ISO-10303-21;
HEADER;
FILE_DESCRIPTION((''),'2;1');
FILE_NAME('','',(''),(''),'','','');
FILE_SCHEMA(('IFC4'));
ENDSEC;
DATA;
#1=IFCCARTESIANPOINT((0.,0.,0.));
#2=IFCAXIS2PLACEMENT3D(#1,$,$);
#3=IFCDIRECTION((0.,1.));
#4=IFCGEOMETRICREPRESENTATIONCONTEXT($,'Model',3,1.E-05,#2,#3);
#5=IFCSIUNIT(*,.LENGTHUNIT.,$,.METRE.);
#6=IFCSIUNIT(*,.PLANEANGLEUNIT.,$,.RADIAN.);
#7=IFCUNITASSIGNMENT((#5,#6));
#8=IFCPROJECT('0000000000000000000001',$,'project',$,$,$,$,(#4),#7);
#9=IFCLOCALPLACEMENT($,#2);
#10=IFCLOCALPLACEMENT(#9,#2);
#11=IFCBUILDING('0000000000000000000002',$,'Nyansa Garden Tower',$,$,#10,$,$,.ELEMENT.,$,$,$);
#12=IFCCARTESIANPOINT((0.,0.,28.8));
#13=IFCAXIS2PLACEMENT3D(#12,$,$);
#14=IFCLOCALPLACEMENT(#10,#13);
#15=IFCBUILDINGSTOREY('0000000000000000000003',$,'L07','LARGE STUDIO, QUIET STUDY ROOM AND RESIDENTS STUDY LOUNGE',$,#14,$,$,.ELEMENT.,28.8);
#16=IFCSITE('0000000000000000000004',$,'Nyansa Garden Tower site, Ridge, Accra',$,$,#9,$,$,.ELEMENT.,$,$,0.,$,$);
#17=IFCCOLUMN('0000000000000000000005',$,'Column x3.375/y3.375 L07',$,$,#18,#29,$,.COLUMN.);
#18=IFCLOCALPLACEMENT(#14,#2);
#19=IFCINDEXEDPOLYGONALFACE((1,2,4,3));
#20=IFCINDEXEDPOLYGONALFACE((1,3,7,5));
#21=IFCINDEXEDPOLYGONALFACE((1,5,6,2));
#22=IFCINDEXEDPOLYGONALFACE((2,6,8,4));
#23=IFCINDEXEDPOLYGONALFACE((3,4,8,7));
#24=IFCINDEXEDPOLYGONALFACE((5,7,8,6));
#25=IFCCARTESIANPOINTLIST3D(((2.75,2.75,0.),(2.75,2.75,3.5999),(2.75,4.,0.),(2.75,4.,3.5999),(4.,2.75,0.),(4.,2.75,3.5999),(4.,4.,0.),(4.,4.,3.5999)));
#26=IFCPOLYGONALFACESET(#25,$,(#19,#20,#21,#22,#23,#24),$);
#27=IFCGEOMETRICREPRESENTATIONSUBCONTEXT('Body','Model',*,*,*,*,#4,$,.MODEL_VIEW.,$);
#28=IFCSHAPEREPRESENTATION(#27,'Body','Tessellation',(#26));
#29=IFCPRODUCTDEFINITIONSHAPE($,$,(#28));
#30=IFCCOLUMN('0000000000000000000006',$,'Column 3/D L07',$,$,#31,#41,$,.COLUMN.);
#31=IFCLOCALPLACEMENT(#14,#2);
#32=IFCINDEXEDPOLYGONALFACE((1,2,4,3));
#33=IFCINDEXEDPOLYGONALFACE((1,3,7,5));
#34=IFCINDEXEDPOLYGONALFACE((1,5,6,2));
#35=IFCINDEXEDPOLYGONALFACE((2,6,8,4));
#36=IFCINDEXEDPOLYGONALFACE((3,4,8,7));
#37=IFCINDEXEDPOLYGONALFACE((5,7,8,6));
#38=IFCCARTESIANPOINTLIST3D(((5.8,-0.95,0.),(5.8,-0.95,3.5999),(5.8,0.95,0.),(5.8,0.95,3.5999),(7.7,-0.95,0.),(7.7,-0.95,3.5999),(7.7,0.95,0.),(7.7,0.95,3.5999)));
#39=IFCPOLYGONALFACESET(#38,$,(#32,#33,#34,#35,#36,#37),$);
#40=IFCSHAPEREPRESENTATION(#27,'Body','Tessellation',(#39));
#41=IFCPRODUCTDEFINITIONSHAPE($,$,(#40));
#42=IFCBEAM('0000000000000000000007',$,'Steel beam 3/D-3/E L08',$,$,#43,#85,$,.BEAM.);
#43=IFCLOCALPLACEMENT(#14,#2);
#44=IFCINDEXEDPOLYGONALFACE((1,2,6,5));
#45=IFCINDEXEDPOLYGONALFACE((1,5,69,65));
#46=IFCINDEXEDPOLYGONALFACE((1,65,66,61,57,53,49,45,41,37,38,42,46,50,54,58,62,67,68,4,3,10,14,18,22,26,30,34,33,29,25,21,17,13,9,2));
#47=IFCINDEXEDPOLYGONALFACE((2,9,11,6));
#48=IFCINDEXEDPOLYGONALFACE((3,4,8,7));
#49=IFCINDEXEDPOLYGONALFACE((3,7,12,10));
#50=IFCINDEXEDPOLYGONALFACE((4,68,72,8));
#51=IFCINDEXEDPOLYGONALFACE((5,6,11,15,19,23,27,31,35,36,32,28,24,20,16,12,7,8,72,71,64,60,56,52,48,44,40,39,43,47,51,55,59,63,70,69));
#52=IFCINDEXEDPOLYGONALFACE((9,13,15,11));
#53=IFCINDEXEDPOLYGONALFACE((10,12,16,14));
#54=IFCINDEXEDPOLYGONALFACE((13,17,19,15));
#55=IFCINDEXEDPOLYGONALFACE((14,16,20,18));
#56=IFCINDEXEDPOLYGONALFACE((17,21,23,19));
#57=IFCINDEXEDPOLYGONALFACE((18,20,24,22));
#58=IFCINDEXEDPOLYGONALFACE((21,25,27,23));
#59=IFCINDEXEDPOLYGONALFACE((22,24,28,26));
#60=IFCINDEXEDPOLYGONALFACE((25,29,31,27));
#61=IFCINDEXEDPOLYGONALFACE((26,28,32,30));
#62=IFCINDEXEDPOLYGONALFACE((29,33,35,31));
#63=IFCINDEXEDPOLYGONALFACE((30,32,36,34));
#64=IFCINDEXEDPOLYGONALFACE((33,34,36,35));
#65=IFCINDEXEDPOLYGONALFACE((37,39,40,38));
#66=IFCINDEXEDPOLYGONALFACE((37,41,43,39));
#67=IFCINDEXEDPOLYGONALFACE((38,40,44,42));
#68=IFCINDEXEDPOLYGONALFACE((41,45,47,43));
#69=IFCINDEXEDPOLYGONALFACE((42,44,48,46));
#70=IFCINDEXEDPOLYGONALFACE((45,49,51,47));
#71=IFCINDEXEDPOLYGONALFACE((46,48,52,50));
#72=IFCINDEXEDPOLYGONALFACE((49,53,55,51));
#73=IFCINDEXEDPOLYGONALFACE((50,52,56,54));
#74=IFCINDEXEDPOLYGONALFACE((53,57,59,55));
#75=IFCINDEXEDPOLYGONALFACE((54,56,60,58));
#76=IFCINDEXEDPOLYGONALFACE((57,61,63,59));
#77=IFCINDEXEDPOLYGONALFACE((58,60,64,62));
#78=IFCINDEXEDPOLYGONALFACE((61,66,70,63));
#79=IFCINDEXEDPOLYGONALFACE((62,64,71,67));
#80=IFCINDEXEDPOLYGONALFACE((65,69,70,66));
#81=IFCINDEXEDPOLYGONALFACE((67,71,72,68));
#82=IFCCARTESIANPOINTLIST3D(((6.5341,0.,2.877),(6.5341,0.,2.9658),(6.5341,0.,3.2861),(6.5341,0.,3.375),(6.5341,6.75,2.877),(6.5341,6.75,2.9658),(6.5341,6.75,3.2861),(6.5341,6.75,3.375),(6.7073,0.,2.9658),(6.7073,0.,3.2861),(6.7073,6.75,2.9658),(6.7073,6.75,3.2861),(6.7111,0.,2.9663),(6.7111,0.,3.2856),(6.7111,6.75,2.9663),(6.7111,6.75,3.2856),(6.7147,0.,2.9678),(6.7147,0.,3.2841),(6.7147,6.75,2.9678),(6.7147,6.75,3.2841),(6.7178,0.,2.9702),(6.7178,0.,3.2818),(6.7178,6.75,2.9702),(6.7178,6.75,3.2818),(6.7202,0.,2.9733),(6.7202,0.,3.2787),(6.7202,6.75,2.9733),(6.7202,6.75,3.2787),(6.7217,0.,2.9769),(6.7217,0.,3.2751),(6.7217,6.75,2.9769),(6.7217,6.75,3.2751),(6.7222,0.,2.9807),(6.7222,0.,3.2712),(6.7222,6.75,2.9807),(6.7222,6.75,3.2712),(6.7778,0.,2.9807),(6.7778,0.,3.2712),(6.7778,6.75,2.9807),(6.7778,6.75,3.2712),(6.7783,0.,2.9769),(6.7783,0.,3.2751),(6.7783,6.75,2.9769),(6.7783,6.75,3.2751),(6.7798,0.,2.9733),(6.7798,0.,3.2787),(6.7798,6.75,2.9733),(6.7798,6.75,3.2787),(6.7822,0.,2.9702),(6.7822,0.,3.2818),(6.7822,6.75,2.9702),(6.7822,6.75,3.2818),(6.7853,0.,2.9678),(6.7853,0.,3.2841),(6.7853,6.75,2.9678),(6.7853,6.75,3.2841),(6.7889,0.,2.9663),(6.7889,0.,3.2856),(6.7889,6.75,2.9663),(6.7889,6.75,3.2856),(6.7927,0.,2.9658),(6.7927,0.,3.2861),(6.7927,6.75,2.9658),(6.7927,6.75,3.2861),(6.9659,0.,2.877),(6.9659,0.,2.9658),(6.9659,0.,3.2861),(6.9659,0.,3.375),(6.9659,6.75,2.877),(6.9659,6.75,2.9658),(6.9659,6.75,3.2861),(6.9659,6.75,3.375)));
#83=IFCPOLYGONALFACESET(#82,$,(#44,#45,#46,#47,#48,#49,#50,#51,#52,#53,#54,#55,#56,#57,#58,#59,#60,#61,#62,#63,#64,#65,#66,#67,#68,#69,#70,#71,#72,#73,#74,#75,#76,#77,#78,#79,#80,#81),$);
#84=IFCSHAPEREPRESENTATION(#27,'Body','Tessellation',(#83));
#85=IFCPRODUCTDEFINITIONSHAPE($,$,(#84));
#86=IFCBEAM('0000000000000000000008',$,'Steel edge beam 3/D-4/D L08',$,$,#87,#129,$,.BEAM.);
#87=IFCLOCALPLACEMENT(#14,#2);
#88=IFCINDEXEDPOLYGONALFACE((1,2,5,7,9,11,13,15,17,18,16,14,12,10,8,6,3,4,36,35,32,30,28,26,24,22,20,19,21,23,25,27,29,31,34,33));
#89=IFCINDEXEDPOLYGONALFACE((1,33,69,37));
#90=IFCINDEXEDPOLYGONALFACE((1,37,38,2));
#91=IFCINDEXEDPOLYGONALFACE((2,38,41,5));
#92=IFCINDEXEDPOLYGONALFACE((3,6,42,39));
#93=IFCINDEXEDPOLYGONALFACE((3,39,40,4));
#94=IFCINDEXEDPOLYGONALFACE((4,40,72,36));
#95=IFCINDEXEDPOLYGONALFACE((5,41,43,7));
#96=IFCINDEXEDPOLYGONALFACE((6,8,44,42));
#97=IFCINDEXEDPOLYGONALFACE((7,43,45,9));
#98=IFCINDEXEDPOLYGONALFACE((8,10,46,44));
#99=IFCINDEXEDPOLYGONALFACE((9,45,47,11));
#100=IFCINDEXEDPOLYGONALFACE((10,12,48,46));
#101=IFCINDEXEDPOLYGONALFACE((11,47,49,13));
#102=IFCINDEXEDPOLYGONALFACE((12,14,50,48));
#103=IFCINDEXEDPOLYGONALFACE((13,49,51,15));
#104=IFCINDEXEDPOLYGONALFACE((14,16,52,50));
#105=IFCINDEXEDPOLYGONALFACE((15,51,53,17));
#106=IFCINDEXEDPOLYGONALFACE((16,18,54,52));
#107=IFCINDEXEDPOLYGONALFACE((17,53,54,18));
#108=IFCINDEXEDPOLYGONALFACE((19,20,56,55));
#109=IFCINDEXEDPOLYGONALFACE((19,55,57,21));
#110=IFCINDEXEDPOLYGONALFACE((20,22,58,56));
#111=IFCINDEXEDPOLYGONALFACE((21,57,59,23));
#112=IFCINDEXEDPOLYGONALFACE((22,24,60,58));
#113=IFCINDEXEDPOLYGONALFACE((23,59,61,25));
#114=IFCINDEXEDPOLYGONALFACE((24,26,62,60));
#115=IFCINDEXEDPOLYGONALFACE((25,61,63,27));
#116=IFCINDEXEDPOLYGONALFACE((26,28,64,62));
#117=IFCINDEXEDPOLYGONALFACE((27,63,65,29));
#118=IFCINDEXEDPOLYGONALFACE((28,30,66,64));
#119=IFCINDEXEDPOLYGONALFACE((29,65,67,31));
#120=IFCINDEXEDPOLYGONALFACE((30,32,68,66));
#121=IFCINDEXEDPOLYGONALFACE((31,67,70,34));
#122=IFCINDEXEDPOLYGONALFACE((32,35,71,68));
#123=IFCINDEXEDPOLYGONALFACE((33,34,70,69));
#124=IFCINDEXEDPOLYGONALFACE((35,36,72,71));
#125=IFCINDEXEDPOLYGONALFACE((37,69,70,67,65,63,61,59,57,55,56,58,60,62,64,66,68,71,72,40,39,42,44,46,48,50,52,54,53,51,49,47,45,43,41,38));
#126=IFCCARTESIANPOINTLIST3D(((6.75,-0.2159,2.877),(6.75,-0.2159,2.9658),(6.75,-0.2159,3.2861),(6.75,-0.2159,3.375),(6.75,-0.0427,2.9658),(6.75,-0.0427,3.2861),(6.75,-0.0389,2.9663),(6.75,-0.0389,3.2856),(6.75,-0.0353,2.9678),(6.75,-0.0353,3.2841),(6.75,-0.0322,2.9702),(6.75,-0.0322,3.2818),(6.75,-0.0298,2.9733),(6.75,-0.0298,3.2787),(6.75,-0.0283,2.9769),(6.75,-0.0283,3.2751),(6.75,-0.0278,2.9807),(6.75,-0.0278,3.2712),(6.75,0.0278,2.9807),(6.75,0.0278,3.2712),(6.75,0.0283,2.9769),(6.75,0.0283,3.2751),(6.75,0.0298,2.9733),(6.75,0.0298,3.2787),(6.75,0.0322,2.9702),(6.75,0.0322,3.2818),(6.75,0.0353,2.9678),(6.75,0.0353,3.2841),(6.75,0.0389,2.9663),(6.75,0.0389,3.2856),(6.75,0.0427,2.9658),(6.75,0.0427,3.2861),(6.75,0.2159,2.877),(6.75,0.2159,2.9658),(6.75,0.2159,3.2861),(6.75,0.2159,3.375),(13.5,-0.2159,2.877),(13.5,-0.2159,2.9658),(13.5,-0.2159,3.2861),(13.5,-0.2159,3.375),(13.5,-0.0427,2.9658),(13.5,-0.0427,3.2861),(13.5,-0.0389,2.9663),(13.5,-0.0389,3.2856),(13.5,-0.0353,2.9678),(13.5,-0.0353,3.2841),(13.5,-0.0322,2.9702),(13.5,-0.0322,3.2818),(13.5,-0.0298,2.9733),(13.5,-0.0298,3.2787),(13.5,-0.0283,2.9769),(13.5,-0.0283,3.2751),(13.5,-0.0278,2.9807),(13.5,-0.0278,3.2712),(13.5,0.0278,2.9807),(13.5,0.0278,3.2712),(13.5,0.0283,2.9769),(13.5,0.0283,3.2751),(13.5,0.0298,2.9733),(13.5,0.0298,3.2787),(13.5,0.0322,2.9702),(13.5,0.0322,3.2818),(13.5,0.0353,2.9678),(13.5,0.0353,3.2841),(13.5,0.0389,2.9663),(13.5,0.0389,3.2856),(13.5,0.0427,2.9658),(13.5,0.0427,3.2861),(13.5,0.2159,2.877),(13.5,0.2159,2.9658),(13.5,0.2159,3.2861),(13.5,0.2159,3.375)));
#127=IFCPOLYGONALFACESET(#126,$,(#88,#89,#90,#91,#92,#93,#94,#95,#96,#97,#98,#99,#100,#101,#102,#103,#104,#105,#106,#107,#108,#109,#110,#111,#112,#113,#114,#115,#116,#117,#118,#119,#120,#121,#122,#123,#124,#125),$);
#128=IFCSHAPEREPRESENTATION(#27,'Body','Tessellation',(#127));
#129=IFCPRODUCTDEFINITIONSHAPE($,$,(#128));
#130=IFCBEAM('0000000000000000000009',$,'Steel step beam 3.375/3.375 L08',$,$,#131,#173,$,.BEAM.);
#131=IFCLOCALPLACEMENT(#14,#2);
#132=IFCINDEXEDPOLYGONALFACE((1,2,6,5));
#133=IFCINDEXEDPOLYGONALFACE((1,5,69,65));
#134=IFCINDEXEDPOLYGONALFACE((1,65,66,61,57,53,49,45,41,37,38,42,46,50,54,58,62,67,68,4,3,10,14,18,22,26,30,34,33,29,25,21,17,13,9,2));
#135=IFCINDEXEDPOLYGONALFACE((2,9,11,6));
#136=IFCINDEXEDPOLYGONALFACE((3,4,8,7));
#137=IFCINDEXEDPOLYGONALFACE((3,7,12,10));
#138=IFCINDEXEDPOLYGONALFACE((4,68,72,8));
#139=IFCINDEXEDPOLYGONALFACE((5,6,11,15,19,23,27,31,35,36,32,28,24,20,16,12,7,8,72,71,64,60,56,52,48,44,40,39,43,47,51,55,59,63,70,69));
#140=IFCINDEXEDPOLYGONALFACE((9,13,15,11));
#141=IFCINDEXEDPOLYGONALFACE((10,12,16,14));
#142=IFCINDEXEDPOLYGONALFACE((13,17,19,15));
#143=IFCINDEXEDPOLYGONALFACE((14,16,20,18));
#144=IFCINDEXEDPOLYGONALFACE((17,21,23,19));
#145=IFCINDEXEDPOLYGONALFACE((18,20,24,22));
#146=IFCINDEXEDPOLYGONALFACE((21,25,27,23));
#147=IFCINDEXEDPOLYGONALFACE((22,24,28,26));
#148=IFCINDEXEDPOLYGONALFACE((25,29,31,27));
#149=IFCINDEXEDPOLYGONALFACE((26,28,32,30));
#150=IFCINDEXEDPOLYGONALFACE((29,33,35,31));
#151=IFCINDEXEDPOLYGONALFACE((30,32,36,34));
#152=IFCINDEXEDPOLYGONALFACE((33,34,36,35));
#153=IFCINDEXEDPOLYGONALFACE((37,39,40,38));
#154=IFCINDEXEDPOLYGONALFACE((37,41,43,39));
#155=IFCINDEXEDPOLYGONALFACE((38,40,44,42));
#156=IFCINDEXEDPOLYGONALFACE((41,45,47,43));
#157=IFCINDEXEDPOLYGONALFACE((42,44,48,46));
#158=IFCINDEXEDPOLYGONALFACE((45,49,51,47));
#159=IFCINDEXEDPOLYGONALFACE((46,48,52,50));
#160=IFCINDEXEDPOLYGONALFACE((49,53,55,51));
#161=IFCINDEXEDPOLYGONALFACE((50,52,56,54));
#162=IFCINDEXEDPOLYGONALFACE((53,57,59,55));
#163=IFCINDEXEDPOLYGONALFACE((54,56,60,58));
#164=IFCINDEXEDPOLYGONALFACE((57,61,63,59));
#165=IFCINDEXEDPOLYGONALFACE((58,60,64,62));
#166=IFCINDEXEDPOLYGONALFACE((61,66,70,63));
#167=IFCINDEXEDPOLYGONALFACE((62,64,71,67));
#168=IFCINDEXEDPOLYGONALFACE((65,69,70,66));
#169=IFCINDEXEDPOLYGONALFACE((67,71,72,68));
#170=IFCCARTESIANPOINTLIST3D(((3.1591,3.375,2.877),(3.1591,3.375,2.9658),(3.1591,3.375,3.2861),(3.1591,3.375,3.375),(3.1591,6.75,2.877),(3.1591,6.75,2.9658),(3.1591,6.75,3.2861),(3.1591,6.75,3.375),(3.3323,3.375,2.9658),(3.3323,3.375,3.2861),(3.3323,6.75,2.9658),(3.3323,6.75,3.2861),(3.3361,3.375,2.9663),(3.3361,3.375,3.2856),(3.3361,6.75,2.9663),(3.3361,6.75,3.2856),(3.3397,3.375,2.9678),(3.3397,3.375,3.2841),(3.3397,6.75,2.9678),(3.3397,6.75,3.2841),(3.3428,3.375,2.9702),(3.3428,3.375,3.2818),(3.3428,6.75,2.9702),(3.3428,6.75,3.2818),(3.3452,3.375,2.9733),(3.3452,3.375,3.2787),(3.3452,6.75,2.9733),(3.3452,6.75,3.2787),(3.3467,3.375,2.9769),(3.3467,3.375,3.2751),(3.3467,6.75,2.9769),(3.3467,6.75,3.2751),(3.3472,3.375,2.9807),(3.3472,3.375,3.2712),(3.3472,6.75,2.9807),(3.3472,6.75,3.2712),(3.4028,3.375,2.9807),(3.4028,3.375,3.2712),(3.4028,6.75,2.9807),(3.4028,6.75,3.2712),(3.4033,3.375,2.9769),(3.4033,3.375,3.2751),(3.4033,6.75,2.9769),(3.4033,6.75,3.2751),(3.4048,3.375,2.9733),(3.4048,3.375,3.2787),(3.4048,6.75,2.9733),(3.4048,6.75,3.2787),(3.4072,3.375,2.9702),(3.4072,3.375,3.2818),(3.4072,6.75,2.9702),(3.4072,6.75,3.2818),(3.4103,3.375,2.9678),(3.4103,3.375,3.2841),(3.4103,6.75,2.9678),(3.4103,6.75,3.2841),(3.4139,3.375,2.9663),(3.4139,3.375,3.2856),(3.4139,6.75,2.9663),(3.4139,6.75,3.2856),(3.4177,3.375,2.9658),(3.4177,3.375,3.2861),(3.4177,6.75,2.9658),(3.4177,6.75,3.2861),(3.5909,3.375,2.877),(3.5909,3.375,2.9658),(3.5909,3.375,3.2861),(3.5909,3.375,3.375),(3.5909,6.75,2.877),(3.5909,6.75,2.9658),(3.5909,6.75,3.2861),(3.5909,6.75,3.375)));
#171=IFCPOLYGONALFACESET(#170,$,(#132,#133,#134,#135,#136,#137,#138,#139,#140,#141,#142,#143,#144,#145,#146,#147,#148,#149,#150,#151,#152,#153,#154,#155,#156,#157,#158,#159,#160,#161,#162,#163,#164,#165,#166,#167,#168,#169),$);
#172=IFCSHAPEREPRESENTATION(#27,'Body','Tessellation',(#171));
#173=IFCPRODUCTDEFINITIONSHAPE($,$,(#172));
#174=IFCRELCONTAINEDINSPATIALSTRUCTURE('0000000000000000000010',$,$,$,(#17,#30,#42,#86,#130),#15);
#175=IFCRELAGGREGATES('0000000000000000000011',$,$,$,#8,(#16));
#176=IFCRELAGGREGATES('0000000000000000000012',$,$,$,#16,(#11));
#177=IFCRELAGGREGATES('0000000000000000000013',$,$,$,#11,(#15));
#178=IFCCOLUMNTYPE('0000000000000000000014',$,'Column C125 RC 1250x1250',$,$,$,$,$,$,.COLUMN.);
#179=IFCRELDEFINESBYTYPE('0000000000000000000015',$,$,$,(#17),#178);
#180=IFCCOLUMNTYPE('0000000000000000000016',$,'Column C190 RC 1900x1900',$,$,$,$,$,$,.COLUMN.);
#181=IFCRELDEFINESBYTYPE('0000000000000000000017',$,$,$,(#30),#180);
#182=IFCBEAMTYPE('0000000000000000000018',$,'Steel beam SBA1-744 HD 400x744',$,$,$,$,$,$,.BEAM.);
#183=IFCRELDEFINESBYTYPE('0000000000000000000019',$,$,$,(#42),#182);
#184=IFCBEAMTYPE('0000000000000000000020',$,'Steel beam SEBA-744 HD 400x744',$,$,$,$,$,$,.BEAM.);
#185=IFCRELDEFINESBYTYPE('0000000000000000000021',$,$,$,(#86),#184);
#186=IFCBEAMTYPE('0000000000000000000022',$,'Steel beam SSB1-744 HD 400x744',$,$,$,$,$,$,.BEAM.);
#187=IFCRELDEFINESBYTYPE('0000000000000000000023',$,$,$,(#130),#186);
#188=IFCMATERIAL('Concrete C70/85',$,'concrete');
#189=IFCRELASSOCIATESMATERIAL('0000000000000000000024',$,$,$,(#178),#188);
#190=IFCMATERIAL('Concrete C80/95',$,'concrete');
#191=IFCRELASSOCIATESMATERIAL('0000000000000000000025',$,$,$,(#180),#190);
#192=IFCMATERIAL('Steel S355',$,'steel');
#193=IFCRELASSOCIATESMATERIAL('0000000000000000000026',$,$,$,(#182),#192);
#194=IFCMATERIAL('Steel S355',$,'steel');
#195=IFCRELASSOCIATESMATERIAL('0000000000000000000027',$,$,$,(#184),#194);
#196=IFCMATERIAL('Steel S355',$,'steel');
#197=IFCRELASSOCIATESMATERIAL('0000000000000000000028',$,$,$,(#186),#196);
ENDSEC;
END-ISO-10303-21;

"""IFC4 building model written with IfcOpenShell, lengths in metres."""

from ifc_helpers import new_model, si_unit, direction, frame, origin, origin_2d, place, context, subcontext, project, spatial, rectangle, i_section, extrude, material, material_profile, profile_set, type_object, element, save


model = new_model("IFC4")

# Units and contexts
model_context = context("Model", 3, precision=1e-05, world=origin(), true_north=direction((0.0, 1.0)))
body_context = subcontext(model_context, "Body", "Model", "MODEL_VIEW")
ifc_project = project(units=[si_unit("LENGTHUNIT", "METRE"), si_unit("PLANEANGLEUNIT", "RADIAN")], contexts=[model_context])

# Site, building, storey
site_placement = place(None, origin())
site = spatial("IfcSite", under=ifc_project, at=site_placement, Name="Nyansa Garden Tower site, Ridge, Accra", CompositionType="ELEMENT", RefElevation=0.0)
building_placement = place(site_placement, origin())
building = spatial("IfcBuilding", under=site, at=building_placement, Name="Nyansa Garden Tower", CompositionType="ELEMENT")
storey_placement = place(building_placement, frame((0.0, 0.0, 28.8)))
storey = spatial("IfcBuildingStorey", under=building, at=storey_placement, Name="L07", Description="LARGE STUDIO, QUIET STUDY ROOM AND RESIDENTS STUDY LOUNGE", CompositionType="ELEMENT", Elevation=28.8)

# Columns
ifc_material_1 = material(Name="Concrete C70/85", Category="concrete")
ifc_material_profile_1 = material_profile(ifc_material_1, rectangle(XDim=1.25, YDim=1.25, at=origin_2d()), Name="RC 1250x1250")
ifc_profile_set_1 = profile_set([ifc_material_profile_1], Name="Concrete C70/85")
column_type_1 = type_object("IfcColumnType", Name="Column C125 RC 1250x1250", PredefinedType="COLUMN", material=ifc_profile_set_1)
column_1_placement = place(storey_placement, frame((3.375, 3.375, 0.0), z_axis=(0.0, 0.0, 1.0), x_axis=(1.0, 0.0, 0.0)))
element("IfcColumn", 1, at=column_1_placement, inside=storey, type_object=column_type_1, Name="Column x3.375/y3.375 L07", PredefinedType="COLUMN", context=body_context, shape_type="SweptSolid", body=[
    extrude(rectangle(XDim=1.25, YDim=1.25, at=origin_2d()), origin(), (0.0, 0.0, 1.0), 3.5999),
])
ifc_material_2 = material(Name="Concrete C80/95", Category="concrete")
ifc_material_profile_2 = material_profile(ifc_material_2, rectangle(XDim=1.8999, YDim=1.8999, at=origin_2d()), Name="RC 1900x1900")
ifc_profile_set_2 = profile_set([ifc_material_profile_2], Name="Concrete C80/95")
column_type_2 = type_object("IfcColumnType", Name="Column C190 RC 1900x1900", PredefinedType="COLUMN", material=ifc_profile_set_2)
column_2_placement = place(storey_placement, frame((6.75, 0.0, 0.0), z_axis=(0.0, 0.0, 1.0), x_axis=(1.0, 0.0, 0.0)))
element("IfcColumn", 2, at=column_2_placement, inside=storey, type_object=column_type_2, Name="Column 3/D L07", PredefinedType="COLUMN", context=body_context, shape_type="SweptSolid", body=[
    extrude(rectangle(XDim=1.8999, YDim=1.8999, at=origin_2d()), origin(), (0.0, 0.0, 1.0), 3.5999),
])

# Beams
ifc_material_3 = material(Name="Steel S355", Category="steel")
ifc_material_profile_3 = material_profile(ifc_material_3, i_section(OverallWidth=0.4319, OverallDepth=0.498, WebThickness=0.0557, FlangeThickness=0.0889, FilletRadius=0.0149, at=origin_2d()), Name="HD 400x744")
ifc_profile_set_3 = profile_set([ifc_material_profile_3], Name="Steel S355")
beam_type_1 = type_object("IfcBeamType", Name="Steel beam SBA1-744 HD 400x744", PredefinedType="BEAM", material=ifc_profile_set_3)
beam_1_placement = place(storey_placement, frame((6.75, 0.0, 3.126), z_axis=(0.0, 1.0, 0.0), x_axis=(-1.0, 0.0, 0.0)))
element("IfcBeam", 3, at=beam_1_placement, inside=storey, type_object=beam_type_1, Name="Steel beam 3/D-3/E L08", PredefinedType="BEAM", context=body_context, shape_type="SweptSolid", body=[
    extrude(i_section(OverallWidth=0.4319, OverallDepth=0.498, WebThickness=0.0557, FlangeThickness=0.0889, FilletRadius=0.0149, at=origin_2d()), origin(), (0.0, 0.0, 1.0), 6.75),
])
ifc_material_4 = material(Name="Steel S355", Category="steel")
ifc_material_profile_4 = material_profile(ifc_material_4, i_section(OverallWidth=0.4319, OverallDepth=0.498, WebThickness=0.0557, FlangeThickness=0.0889, FilletRadius=0.0149, at=origin_2d()), Name="HD 400x744")
ifc_profile_set_4 = profile_set([ifc_material_profile_4], Name="Steel S355")
beam_type_2 = type_object("IfcBeamType", Name="Steel beam SEBA-744 HD 400x744", PredefinedType="BEAM", material=ifc_profile_set_4)
beam_2_placement = place(storey_placement, frame((6.75, 0.0, 3.126), z_axis=(1.0, 0.0, 0.0), x_axis=(0.0, 1.0, 0.0)))
element("IfcBeam", 4, at=beam_2_placement, inside=storey, type_object=beam_type_2, Name="Steel edge beam 3/D-4/D L08", PredefinedType="BEAM", context=body_context, shape_type="SweptSolid", body=[
    extrude(i_section(OverallWidth=0.4319, OverallDepth=0.498, WebThickness=0.0557, FlangeThickness=0.0889, FilletRadius=0.0149, at=origin_2d()), origin(), (0.0, 0.0, 1.0), 6.75),
])
ifc_material_5 = material(Name="Steel S355", Category="steel")
ifc_material_profile_5 = material_profile(ifc_material_5, i_section(OverallWidth=0.4319, OverallDepth=0.498, WebThickness=0.0557, FlangeThickness=0.0889, FilletRadius=0.0149, at=origin_2d()), Name="HD 400x744")
ifc_profile_set_5 = profile_set([ifc_material_profile_5], Name="Steel S355")
beam_type_3 = type_object("IfcBeamType", Name="Steel beam SSB1-744 HD 400x744", PredefinedType="BEAM", material=ifc_profile_set_5)
for number, where, z_axis, x_axis, name in (
    (5, (3.375, 3.375, 3.126), (0.0, 1.0, 0.0), (-1.0, 0.0, 0.0), "Steel step beam 3.375/3.375 L08"),
):
    element("IfcBeam", number, at=place(storey_placement, frame(where, z_axis=z_axis, x_axis=x_axis)), inside=storey, type_object=beam_type_3, Name=name, PredefinedType="BEAM", context=body_context, shape_type="SweptSolid", body=[
        extrude(i_section(OverallWidth=0.4319, OverallDepth=0.498, WebThickness=0.0557, FlangeThickness=0.0889, FilletRadius=0.0149, at=origin_2d()), origin(), (0.0, 0.0, 1.0), 3.375),
    ])

save(model, "model.ifc")
